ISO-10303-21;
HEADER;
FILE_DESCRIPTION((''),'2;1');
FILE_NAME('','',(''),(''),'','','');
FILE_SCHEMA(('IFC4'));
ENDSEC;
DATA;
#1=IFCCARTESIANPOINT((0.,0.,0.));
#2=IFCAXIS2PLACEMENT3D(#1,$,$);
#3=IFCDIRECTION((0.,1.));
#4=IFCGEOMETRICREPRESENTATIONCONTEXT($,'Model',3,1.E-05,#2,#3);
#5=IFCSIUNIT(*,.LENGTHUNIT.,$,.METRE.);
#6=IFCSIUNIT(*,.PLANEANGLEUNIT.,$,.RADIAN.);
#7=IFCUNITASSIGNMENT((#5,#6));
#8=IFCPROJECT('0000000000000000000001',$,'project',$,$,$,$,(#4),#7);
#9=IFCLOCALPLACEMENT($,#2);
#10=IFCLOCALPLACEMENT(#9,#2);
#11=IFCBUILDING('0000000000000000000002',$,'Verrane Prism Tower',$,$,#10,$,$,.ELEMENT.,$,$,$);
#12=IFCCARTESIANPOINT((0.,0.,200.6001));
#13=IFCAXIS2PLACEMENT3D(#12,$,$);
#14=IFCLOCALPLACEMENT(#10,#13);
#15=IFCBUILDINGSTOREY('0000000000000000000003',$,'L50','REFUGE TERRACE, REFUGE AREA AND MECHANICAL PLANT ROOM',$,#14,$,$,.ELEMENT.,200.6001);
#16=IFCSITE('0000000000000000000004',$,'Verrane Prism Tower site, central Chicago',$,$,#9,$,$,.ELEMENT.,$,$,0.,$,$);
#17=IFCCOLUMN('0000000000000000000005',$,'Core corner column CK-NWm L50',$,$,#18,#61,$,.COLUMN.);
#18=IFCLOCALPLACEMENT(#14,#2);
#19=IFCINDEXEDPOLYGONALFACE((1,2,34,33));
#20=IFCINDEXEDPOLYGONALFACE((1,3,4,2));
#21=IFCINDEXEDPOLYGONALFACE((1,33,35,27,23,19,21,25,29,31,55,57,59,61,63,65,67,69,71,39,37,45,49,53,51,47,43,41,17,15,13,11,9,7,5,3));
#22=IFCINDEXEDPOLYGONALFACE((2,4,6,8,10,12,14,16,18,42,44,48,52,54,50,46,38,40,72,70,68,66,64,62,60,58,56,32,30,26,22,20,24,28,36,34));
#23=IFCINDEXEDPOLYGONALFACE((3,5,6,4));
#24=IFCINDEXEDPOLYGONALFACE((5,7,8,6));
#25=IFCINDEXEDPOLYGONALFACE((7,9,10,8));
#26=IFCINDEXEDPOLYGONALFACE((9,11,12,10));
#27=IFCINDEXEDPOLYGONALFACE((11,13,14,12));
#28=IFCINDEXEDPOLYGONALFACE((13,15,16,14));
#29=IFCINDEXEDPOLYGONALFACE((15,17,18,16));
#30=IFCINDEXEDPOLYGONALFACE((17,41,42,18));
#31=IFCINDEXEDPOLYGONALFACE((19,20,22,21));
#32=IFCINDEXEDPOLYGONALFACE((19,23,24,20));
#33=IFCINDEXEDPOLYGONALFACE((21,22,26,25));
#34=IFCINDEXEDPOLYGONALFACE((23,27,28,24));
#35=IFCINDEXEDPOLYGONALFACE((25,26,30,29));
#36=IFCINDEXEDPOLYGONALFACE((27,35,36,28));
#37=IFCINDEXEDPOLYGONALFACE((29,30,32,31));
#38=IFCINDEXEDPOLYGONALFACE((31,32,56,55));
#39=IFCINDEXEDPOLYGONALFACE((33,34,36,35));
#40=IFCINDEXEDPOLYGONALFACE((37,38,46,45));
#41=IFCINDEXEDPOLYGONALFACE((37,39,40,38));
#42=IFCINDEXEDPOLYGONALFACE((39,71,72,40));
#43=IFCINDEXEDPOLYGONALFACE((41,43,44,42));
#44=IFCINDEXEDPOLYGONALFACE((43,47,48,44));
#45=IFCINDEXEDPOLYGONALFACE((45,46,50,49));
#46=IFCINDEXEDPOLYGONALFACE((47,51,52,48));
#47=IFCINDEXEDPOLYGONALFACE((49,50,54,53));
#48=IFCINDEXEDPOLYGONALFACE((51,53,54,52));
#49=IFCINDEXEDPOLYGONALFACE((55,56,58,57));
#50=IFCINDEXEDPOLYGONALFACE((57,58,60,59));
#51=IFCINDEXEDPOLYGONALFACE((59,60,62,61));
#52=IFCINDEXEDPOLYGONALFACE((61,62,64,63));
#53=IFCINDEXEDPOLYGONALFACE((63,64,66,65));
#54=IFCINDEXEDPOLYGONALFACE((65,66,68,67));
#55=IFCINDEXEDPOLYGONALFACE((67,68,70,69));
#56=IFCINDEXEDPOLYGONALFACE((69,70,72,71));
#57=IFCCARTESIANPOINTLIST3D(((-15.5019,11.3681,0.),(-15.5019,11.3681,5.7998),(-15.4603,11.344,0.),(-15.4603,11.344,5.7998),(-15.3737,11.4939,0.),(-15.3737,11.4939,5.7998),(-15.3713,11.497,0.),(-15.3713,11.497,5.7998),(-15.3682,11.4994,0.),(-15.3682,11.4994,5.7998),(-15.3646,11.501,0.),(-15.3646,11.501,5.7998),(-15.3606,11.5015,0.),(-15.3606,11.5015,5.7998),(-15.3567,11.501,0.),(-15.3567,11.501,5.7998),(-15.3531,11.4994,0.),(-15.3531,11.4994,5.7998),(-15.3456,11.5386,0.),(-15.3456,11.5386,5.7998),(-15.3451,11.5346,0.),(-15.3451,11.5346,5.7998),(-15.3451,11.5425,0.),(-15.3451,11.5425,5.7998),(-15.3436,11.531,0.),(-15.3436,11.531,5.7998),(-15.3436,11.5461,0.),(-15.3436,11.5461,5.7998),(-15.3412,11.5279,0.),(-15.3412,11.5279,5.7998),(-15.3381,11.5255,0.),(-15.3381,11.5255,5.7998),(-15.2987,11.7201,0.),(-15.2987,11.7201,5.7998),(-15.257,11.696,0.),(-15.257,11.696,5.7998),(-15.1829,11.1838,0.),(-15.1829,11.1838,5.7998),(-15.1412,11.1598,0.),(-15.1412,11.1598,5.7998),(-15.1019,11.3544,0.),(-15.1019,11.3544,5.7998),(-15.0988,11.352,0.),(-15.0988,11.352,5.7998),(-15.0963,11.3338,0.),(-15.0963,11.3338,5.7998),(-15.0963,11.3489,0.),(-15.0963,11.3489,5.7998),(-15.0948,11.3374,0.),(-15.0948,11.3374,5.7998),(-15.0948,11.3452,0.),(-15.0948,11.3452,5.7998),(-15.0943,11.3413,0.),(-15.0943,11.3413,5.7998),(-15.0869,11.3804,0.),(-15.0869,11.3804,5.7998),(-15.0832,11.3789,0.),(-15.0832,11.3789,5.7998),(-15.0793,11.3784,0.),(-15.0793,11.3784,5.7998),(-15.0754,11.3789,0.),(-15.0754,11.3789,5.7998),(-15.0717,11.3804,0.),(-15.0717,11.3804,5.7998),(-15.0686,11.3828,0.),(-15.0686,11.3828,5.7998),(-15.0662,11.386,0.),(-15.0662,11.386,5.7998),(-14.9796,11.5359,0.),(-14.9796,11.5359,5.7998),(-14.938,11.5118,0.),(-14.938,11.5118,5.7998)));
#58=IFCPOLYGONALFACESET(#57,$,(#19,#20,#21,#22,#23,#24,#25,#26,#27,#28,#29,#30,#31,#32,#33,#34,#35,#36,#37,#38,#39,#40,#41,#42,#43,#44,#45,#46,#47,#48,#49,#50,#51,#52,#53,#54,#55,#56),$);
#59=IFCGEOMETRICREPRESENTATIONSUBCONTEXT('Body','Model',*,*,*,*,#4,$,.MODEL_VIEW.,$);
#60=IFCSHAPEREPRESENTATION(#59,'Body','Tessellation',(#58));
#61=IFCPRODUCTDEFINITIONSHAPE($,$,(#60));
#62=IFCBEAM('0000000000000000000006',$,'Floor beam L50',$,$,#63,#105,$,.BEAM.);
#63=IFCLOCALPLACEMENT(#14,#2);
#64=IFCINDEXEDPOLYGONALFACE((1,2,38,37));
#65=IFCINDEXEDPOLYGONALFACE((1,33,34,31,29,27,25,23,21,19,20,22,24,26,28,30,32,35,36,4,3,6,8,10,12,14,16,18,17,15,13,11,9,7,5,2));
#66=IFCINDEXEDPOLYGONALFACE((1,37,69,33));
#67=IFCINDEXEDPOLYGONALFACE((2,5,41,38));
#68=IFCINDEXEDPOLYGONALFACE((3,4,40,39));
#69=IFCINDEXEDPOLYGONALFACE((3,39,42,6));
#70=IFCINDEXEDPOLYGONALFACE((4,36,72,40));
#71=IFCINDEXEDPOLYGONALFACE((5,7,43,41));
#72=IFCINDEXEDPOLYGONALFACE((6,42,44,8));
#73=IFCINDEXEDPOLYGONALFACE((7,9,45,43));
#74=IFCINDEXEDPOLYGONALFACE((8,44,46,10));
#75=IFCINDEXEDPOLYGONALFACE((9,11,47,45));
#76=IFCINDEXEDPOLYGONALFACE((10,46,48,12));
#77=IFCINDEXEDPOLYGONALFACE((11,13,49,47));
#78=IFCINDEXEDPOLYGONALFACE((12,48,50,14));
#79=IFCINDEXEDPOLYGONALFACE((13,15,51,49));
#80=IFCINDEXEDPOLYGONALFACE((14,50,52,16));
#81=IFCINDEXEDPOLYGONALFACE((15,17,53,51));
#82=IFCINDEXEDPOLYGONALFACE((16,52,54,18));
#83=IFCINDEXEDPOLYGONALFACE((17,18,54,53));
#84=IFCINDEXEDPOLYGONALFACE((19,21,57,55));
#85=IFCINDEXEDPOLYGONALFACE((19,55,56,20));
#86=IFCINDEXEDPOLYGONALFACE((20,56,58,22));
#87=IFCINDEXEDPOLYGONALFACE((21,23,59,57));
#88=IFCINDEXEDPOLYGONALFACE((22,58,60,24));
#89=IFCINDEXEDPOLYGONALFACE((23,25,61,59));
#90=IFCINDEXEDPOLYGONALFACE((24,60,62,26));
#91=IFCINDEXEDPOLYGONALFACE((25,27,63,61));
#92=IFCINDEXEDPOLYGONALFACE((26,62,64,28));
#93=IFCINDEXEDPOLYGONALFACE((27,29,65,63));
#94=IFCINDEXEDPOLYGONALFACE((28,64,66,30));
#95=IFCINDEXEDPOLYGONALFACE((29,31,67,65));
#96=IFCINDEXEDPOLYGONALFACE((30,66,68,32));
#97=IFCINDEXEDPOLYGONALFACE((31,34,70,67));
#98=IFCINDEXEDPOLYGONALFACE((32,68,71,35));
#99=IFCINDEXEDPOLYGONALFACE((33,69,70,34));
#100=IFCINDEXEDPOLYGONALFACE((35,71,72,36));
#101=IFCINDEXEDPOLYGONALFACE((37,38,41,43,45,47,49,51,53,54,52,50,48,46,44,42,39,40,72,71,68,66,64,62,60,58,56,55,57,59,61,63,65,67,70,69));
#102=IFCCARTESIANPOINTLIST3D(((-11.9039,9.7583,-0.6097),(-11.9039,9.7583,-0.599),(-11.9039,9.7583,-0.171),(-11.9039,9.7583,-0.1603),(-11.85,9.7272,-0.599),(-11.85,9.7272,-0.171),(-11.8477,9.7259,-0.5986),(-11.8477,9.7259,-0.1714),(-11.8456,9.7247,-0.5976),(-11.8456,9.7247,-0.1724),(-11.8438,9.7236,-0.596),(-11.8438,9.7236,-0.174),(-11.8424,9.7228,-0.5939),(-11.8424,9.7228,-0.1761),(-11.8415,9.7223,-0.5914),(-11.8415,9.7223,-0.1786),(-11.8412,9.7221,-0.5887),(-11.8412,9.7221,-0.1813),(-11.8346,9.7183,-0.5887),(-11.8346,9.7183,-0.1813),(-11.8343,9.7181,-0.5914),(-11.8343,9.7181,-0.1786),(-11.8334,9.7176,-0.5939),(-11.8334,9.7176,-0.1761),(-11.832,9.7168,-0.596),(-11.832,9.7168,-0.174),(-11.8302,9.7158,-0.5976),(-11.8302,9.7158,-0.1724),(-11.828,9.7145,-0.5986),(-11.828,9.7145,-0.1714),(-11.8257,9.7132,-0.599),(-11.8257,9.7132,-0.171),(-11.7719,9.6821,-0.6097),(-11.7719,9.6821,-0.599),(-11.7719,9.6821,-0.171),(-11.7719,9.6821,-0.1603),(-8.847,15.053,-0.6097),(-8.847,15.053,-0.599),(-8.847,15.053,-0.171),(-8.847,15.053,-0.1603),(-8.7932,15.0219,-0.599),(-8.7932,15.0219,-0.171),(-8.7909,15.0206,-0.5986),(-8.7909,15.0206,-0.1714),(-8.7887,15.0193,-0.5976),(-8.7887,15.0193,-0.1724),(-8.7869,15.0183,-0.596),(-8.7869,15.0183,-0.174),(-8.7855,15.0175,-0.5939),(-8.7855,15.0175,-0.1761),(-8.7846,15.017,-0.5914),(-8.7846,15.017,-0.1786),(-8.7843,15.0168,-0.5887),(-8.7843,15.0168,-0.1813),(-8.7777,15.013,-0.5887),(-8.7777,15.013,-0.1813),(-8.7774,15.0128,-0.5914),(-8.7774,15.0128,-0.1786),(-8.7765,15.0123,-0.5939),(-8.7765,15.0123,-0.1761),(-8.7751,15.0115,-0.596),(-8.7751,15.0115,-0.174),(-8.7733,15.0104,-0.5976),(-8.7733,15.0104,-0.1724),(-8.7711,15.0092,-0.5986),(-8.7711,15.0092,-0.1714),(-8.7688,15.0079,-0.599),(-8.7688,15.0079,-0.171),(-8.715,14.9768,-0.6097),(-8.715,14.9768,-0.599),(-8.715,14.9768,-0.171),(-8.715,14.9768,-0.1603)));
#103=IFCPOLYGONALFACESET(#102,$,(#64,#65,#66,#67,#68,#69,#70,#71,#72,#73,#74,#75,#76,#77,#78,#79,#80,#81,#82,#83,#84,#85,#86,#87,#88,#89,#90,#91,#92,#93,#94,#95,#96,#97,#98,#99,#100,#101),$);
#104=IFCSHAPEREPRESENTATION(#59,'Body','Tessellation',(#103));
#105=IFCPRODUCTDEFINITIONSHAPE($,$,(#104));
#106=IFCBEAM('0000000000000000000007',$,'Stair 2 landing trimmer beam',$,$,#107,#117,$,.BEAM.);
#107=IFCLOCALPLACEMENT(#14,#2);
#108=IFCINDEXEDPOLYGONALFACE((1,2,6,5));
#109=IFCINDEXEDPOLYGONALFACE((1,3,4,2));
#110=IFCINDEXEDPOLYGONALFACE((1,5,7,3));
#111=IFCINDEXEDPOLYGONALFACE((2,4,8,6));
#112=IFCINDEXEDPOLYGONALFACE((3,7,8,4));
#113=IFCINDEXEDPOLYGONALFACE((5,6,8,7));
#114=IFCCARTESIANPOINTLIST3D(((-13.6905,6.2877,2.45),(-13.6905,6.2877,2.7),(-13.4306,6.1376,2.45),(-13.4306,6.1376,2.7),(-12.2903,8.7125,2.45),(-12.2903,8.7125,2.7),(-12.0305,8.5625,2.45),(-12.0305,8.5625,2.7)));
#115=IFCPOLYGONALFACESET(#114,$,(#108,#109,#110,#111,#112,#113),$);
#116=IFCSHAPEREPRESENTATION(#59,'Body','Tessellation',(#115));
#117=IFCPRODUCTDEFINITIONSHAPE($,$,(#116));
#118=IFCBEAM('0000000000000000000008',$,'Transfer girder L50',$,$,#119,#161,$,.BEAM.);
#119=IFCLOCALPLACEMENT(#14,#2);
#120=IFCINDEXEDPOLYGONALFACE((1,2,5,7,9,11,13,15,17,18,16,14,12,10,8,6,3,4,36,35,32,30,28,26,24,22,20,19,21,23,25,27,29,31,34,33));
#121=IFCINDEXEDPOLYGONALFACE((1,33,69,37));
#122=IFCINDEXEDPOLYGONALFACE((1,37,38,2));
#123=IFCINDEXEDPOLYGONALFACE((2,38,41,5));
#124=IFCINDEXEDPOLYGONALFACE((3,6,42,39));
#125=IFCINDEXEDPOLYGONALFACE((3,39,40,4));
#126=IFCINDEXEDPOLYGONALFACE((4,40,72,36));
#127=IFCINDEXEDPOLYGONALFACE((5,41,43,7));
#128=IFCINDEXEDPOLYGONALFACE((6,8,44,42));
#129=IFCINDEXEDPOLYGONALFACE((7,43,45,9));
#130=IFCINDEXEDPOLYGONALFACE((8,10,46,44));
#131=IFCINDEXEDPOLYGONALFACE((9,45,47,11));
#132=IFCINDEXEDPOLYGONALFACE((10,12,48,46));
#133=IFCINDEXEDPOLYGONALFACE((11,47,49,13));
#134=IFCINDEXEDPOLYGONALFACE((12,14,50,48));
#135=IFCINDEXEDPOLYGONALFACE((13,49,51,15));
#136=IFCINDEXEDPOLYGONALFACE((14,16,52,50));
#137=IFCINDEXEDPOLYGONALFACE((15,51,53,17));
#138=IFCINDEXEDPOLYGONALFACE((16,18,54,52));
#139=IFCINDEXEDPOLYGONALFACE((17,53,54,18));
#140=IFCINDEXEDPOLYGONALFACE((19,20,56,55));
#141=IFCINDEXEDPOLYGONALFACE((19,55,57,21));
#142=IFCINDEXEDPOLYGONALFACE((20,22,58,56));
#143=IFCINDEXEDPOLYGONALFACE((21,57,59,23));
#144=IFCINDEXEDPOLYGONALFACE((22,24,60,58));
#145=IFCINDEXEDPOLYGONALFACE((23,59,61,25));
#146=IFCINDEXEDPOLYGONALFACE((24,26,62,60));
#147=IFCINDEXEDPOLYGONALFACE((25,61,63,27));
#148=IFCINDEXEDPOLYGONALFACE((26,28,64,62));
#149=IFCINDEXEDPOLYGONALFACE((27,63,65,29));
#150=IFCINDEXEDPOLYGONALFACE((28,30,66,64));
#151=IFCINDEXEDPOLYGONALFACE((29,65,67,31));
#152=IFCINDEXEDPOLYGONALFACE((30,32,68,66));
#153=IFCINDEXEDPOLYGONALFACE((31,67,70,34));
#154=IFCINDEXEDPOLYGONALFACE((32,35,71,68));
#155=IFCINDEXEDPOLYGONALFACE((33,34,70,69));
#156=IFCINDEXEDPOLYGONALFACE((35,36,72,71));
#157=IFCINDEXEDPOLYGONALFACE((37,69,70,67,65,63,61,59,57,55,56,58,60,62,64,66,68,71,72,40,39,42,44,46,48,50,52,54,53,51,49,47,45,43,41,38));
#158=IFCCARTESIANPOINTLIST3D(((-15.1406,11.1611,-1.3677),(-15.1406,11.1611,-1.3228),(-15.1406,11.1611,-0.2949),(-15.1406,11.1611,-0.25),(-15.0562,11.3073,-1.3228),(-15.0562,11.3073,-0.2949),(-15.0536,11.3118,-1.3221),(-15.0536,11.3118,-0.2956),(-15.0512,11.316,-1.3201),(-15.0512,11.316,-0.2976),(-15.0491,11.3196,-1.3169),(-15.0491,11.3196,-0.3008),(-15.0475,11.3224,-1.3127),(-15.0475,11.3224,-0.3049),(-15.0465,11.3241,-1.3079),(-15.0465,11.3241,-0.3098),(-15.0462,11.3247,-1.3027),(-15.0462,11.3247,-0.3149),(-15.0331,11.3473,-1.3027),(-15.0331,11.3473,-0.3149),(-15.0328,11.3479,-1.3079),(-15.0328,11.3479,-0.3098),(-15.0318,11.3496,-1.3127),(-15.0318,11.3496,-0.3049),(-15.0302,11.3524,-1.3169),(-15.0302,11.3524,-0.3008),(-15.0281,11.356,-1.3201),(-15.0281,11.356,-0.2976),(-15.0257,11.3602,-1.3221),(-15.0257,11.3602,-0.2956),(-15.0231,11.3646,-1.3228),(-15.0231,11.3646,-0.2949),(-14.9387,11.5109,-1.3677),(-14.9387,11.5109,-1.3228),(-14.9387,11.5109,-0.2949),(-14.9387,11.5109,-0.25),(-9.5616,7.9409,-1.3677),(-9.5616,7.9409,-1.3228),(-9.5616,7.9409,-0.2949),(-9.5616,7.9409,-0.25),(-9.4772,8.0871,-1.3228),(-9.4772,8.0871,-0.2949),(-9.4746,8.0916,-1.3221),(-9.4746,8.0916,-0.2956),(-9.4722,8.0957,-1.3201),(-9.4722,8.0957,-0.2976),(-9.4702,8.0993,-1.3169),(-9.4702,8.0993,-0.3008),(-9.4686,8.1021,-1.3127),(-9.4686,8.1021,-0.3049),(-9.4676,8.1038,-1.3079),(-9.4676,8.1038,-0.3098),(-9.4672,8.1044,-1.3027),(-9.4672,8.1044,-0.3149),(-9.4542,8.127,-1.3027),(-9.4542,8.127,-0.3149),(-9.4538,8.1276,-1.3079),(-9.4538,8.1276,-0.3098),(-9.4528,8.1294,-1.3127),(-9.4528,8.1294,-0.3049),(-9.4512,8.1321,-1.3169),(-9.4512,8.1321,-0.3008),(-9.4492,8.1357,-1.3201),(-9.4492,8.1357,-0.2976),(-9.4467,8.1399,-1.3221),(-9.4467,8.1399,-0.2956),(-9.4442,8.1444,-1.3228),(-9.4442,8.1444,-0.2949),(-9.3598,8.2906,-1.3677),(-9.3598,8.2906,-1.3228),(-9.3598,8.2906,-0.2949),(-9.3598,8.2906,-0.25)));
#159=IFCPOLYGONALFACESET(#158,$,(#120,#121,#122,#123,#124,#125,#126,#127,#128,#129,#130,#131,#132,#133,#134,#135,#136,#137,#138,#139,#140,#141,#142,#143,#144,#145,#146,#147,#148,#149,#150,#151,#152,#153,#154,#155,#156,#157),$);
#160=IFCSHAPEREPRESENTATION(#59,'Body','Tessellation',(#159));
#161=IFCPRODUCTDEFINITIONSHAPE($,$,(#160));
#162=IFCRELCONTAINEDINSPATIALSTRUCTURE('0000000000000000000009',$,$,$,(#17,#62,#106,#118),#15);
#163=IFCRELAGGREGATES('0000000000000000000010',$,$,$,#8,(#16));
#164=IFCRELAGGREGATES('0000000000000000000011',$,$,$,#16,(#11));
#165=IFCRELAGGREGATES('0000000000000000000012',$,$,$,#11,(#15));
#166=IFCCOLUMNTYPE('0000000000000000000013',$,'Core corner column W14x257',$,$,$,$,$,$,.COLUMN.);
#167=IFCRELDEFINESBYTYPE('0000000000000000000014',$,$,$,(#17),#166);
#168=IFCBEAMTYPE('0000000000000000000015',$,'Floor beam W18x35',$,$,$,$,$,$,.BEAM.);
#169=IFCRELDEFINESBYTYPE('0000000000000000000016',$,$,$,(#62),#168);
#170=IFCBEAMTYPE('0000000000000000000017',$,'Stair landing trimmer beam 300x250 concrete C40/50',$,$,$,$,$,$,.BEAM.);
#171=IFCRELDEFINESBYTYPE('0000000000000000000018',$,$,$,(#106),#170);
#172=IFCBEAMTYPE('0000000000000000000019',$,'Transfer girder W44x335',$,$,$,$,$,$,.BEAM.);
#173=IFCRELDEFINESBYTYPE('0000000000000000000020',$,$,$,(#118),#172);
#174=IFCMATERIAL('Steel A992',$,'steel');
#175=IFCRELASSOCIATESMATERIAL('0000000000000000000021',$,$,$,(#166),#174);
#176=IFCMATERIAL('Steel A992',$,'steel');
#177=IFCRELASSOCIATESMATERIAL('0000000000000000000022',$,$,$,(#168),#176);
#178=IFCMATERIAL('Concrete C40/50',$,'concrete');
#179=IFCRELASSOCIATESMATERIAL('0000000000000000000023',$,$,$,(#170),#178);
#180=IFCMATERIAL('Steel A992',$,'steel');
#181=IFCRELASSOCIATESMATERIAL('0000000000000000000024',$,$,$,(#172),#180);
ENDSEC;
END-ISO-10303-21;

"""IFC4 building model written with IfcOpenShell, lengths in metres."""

from ifc_helpers import new_model, si_unit, direction, frame, origin, origin_2d, place, context, subcontext, project, spatial, rectangle, i_section, extrude, material, material_profile, profile_set, type_object, element, save


model = new_model("IFC4")

# Units and contexts
model_context = context("Model", 3, precision=1e-05, world=origin(), true_north=direction((0.0, 1.0)))
body_context = subcontext(model_context, "Body", "Model", "MODEL_VIEW")
ifc_project = project(units=[si_unit("LENGTHUNIT", "METRE"), si_unit("PLANEANGLEUNIT", "RADIAN")], contexts=[model_context])

# Site, building, storey
site_placement = place(None, origin())
site = spatial("IfcSite", under=ifc_project, at=site_placement, Name="Verrane Prism Tower site, central Chicago", CompositionType="ELEMENT", RefElevation=0.0)
building_placement = place(site_placement, origin())
building = spatial("IfcBuilding", under=site, at=building_placement, Name="Verrane Prism Tower", CompositionType="ELEMENT")
storey_placement = place(building_placement, frame((0.0, 0.0, 200.6001)))
storey = spatial("IfcBuildingStorey", under=building, at=storey_placement, Name="L50", Description="REFUGE TERRACE, REFUGE AREA AND MECHANICAL PLANT ROOM", CompositionType="ELEMENT", Elevation=200.6001)

# Column
ifc_material_1 = material(Name="Steel A992", Category="steel")
ifc_material_profile_1 = material_profile(ifc_material_1, i_section(OverallWidth=0.4065, OverallDepth=0.4165, WebThickness=0.03, FlangeThickness=0.0481, FilletRadius=0.0151, at=origin_2d()), Name="W14x257")
ifc_profile_set_1 = profile_set([ifc_material_profile_1], Name="Steel A992")
column_type = type_object("IfcColumnType", Name="Core corner column W14x257", PredefinedType="COLUMN", material=ifc_profile_set_1)
column_placement = place(storey_placement, frame((-15.22, 11.4399, 0.0), z_axis=(0.0, 0.0, 1.0), x_axis=(0.5, 0.866025, 0.0)))
element("IfcColumn", 1, at=column_placement, inside=storey, type_object=column_type, Name="Core corner column CK-NWm L50", PredefinedType="COLUMN", context=body_context, shape_type="SweptSolid", body=[
    extrude(i_section(OverallWidth=0.4065, OverallDepth=0.4165, WebThickness=0.03, FlangeThickness=0.0481, FilletRadius=0.0151, at=origin_2d()), origin(), (0.0, 0.0, 1.0), 5.7998),
])

# Beams
ifc_material_2 = material(Name="Steel A992", Category="steel")
ifc_material_profile_2 = material_profile(ifc_material_2, i_section(OverallWidth=0.1523, OverallDepth=0.4495, WebThickness=0.0076, FlangeThickness=0.0107, FilletRadius=0.0103, at=origin_2d()), Name="W18x35")
ifc_profile_set_2 = profile_set([ifc_material_profile_2], Name="Steel A992")
beam_type_1 = type_object("IfcBeamType", Name="Floor beam W18x35", PredefinedType="BEAM", material=ifc_profile_set_2)
beam_1_placement = place(storey_placement, frame((-11.8379, 9.7202, -0.385), z_axis=(0.5, 0.866025, 0.0), x_axis=(-0.866025, 0.5, 0.0)))
element("IfcBeam", 2, at=beam_1_placement, inside=storey, type_object=beam_type_1, Name="Floor beam L50", PredefinedType="BEAM", context=body_context, shape_type="SweptSolid", body=[
    extrude(i_section(OverallWidth=0.1523, OverallDepth=0.4495, WebThickness=0.0076, FlangeThickness=0.0107, FilletRadius=0.0103, at=origin_2d()), origin(), (0.0, 0.0, 1.0), 6.1138),
])
ifc_material_3 = material(Name="Concrete C40/50", Category="concrete")
ifc_material_profile_3 = material_profile(ifc_material_3, rectangle(XDim=0.3, YDim=0.25, at=origin_2d()), Name="RC 300x250")
ifc_profile_set_3 = profile_set([ifc_material_profile_3], Name="Concrete C40/50")
beam_type_2 = type_object("IfcBeamType", Name="Stair landing trimmer beam 300x250 concrete C40/50", PredefinedType="BEAM", material=ifc_profile_set_3)
beam_2_placement = place(storey_placement, frame((-13.5605, 6.2126, 2.575), z_axis=(0.50005, 0.865997, 0.0), x_axis=(-0.865997, 0.50005, 0.0)))
element("IfcBeam", 3, at=beam_2_placement, inside=storey, type_object=beam_type_2, Name="Stair 2 landing trimmer beam", PredefinedType="BEAM", context=body_context, shape_type="SweptSolid", body=[
    extrude(rectangle(XDim=0.3, YDim=0.25, at=origin_2d()), origin(), (0.0, 0.0, 1.0), 2.8),
])
ifc_material_4 = material(Name="Steel A992", Category="steel")
ifc_material_profile_4 = material_profile(ifc_material_4, i_section(OverallWidth=0.4038, OverallDepth=1.1177, WebThickness=0.0261, FlangeThickness=0.0449, FilletRadius=0.02, at=origin_2d()), Name="W44x335")
ifc_profile_set_4 = profile_set([ifc_material_profile_4], Name="Steel A992")
beam_type_3 = type_object("IfcBeamType", Name="Transfer girder W44x335", PredefinedType="BEAM", material=ifc_profile_set_4)
beam_3_placement = place(storey_placement, frame((-9.4607, 8.1157, -0.8088), z_axis=(-0.866075, 0.499914, 0.0), x_axis=(-0.499914, -0.866075, 0.0)))
element("IfcBeam", 4, at=beam_3_placement, inside=storey, type_object=beam_type_3, Name="Transfer girder L50", PredefinedType="BEAM", context=body_context, shape_type="SweptSolid", body=[
    extrude(i_section(OverallWidth=0.4038, OverallDepth=1.1177, WebThickness=0.0261, FlangeThickness=0.0449, FilletRadius=0.02, at=origin_2d()), origin(), (0.0, 0.0, 1.0), 6.4417),
])

save(model, "model.ifc")
